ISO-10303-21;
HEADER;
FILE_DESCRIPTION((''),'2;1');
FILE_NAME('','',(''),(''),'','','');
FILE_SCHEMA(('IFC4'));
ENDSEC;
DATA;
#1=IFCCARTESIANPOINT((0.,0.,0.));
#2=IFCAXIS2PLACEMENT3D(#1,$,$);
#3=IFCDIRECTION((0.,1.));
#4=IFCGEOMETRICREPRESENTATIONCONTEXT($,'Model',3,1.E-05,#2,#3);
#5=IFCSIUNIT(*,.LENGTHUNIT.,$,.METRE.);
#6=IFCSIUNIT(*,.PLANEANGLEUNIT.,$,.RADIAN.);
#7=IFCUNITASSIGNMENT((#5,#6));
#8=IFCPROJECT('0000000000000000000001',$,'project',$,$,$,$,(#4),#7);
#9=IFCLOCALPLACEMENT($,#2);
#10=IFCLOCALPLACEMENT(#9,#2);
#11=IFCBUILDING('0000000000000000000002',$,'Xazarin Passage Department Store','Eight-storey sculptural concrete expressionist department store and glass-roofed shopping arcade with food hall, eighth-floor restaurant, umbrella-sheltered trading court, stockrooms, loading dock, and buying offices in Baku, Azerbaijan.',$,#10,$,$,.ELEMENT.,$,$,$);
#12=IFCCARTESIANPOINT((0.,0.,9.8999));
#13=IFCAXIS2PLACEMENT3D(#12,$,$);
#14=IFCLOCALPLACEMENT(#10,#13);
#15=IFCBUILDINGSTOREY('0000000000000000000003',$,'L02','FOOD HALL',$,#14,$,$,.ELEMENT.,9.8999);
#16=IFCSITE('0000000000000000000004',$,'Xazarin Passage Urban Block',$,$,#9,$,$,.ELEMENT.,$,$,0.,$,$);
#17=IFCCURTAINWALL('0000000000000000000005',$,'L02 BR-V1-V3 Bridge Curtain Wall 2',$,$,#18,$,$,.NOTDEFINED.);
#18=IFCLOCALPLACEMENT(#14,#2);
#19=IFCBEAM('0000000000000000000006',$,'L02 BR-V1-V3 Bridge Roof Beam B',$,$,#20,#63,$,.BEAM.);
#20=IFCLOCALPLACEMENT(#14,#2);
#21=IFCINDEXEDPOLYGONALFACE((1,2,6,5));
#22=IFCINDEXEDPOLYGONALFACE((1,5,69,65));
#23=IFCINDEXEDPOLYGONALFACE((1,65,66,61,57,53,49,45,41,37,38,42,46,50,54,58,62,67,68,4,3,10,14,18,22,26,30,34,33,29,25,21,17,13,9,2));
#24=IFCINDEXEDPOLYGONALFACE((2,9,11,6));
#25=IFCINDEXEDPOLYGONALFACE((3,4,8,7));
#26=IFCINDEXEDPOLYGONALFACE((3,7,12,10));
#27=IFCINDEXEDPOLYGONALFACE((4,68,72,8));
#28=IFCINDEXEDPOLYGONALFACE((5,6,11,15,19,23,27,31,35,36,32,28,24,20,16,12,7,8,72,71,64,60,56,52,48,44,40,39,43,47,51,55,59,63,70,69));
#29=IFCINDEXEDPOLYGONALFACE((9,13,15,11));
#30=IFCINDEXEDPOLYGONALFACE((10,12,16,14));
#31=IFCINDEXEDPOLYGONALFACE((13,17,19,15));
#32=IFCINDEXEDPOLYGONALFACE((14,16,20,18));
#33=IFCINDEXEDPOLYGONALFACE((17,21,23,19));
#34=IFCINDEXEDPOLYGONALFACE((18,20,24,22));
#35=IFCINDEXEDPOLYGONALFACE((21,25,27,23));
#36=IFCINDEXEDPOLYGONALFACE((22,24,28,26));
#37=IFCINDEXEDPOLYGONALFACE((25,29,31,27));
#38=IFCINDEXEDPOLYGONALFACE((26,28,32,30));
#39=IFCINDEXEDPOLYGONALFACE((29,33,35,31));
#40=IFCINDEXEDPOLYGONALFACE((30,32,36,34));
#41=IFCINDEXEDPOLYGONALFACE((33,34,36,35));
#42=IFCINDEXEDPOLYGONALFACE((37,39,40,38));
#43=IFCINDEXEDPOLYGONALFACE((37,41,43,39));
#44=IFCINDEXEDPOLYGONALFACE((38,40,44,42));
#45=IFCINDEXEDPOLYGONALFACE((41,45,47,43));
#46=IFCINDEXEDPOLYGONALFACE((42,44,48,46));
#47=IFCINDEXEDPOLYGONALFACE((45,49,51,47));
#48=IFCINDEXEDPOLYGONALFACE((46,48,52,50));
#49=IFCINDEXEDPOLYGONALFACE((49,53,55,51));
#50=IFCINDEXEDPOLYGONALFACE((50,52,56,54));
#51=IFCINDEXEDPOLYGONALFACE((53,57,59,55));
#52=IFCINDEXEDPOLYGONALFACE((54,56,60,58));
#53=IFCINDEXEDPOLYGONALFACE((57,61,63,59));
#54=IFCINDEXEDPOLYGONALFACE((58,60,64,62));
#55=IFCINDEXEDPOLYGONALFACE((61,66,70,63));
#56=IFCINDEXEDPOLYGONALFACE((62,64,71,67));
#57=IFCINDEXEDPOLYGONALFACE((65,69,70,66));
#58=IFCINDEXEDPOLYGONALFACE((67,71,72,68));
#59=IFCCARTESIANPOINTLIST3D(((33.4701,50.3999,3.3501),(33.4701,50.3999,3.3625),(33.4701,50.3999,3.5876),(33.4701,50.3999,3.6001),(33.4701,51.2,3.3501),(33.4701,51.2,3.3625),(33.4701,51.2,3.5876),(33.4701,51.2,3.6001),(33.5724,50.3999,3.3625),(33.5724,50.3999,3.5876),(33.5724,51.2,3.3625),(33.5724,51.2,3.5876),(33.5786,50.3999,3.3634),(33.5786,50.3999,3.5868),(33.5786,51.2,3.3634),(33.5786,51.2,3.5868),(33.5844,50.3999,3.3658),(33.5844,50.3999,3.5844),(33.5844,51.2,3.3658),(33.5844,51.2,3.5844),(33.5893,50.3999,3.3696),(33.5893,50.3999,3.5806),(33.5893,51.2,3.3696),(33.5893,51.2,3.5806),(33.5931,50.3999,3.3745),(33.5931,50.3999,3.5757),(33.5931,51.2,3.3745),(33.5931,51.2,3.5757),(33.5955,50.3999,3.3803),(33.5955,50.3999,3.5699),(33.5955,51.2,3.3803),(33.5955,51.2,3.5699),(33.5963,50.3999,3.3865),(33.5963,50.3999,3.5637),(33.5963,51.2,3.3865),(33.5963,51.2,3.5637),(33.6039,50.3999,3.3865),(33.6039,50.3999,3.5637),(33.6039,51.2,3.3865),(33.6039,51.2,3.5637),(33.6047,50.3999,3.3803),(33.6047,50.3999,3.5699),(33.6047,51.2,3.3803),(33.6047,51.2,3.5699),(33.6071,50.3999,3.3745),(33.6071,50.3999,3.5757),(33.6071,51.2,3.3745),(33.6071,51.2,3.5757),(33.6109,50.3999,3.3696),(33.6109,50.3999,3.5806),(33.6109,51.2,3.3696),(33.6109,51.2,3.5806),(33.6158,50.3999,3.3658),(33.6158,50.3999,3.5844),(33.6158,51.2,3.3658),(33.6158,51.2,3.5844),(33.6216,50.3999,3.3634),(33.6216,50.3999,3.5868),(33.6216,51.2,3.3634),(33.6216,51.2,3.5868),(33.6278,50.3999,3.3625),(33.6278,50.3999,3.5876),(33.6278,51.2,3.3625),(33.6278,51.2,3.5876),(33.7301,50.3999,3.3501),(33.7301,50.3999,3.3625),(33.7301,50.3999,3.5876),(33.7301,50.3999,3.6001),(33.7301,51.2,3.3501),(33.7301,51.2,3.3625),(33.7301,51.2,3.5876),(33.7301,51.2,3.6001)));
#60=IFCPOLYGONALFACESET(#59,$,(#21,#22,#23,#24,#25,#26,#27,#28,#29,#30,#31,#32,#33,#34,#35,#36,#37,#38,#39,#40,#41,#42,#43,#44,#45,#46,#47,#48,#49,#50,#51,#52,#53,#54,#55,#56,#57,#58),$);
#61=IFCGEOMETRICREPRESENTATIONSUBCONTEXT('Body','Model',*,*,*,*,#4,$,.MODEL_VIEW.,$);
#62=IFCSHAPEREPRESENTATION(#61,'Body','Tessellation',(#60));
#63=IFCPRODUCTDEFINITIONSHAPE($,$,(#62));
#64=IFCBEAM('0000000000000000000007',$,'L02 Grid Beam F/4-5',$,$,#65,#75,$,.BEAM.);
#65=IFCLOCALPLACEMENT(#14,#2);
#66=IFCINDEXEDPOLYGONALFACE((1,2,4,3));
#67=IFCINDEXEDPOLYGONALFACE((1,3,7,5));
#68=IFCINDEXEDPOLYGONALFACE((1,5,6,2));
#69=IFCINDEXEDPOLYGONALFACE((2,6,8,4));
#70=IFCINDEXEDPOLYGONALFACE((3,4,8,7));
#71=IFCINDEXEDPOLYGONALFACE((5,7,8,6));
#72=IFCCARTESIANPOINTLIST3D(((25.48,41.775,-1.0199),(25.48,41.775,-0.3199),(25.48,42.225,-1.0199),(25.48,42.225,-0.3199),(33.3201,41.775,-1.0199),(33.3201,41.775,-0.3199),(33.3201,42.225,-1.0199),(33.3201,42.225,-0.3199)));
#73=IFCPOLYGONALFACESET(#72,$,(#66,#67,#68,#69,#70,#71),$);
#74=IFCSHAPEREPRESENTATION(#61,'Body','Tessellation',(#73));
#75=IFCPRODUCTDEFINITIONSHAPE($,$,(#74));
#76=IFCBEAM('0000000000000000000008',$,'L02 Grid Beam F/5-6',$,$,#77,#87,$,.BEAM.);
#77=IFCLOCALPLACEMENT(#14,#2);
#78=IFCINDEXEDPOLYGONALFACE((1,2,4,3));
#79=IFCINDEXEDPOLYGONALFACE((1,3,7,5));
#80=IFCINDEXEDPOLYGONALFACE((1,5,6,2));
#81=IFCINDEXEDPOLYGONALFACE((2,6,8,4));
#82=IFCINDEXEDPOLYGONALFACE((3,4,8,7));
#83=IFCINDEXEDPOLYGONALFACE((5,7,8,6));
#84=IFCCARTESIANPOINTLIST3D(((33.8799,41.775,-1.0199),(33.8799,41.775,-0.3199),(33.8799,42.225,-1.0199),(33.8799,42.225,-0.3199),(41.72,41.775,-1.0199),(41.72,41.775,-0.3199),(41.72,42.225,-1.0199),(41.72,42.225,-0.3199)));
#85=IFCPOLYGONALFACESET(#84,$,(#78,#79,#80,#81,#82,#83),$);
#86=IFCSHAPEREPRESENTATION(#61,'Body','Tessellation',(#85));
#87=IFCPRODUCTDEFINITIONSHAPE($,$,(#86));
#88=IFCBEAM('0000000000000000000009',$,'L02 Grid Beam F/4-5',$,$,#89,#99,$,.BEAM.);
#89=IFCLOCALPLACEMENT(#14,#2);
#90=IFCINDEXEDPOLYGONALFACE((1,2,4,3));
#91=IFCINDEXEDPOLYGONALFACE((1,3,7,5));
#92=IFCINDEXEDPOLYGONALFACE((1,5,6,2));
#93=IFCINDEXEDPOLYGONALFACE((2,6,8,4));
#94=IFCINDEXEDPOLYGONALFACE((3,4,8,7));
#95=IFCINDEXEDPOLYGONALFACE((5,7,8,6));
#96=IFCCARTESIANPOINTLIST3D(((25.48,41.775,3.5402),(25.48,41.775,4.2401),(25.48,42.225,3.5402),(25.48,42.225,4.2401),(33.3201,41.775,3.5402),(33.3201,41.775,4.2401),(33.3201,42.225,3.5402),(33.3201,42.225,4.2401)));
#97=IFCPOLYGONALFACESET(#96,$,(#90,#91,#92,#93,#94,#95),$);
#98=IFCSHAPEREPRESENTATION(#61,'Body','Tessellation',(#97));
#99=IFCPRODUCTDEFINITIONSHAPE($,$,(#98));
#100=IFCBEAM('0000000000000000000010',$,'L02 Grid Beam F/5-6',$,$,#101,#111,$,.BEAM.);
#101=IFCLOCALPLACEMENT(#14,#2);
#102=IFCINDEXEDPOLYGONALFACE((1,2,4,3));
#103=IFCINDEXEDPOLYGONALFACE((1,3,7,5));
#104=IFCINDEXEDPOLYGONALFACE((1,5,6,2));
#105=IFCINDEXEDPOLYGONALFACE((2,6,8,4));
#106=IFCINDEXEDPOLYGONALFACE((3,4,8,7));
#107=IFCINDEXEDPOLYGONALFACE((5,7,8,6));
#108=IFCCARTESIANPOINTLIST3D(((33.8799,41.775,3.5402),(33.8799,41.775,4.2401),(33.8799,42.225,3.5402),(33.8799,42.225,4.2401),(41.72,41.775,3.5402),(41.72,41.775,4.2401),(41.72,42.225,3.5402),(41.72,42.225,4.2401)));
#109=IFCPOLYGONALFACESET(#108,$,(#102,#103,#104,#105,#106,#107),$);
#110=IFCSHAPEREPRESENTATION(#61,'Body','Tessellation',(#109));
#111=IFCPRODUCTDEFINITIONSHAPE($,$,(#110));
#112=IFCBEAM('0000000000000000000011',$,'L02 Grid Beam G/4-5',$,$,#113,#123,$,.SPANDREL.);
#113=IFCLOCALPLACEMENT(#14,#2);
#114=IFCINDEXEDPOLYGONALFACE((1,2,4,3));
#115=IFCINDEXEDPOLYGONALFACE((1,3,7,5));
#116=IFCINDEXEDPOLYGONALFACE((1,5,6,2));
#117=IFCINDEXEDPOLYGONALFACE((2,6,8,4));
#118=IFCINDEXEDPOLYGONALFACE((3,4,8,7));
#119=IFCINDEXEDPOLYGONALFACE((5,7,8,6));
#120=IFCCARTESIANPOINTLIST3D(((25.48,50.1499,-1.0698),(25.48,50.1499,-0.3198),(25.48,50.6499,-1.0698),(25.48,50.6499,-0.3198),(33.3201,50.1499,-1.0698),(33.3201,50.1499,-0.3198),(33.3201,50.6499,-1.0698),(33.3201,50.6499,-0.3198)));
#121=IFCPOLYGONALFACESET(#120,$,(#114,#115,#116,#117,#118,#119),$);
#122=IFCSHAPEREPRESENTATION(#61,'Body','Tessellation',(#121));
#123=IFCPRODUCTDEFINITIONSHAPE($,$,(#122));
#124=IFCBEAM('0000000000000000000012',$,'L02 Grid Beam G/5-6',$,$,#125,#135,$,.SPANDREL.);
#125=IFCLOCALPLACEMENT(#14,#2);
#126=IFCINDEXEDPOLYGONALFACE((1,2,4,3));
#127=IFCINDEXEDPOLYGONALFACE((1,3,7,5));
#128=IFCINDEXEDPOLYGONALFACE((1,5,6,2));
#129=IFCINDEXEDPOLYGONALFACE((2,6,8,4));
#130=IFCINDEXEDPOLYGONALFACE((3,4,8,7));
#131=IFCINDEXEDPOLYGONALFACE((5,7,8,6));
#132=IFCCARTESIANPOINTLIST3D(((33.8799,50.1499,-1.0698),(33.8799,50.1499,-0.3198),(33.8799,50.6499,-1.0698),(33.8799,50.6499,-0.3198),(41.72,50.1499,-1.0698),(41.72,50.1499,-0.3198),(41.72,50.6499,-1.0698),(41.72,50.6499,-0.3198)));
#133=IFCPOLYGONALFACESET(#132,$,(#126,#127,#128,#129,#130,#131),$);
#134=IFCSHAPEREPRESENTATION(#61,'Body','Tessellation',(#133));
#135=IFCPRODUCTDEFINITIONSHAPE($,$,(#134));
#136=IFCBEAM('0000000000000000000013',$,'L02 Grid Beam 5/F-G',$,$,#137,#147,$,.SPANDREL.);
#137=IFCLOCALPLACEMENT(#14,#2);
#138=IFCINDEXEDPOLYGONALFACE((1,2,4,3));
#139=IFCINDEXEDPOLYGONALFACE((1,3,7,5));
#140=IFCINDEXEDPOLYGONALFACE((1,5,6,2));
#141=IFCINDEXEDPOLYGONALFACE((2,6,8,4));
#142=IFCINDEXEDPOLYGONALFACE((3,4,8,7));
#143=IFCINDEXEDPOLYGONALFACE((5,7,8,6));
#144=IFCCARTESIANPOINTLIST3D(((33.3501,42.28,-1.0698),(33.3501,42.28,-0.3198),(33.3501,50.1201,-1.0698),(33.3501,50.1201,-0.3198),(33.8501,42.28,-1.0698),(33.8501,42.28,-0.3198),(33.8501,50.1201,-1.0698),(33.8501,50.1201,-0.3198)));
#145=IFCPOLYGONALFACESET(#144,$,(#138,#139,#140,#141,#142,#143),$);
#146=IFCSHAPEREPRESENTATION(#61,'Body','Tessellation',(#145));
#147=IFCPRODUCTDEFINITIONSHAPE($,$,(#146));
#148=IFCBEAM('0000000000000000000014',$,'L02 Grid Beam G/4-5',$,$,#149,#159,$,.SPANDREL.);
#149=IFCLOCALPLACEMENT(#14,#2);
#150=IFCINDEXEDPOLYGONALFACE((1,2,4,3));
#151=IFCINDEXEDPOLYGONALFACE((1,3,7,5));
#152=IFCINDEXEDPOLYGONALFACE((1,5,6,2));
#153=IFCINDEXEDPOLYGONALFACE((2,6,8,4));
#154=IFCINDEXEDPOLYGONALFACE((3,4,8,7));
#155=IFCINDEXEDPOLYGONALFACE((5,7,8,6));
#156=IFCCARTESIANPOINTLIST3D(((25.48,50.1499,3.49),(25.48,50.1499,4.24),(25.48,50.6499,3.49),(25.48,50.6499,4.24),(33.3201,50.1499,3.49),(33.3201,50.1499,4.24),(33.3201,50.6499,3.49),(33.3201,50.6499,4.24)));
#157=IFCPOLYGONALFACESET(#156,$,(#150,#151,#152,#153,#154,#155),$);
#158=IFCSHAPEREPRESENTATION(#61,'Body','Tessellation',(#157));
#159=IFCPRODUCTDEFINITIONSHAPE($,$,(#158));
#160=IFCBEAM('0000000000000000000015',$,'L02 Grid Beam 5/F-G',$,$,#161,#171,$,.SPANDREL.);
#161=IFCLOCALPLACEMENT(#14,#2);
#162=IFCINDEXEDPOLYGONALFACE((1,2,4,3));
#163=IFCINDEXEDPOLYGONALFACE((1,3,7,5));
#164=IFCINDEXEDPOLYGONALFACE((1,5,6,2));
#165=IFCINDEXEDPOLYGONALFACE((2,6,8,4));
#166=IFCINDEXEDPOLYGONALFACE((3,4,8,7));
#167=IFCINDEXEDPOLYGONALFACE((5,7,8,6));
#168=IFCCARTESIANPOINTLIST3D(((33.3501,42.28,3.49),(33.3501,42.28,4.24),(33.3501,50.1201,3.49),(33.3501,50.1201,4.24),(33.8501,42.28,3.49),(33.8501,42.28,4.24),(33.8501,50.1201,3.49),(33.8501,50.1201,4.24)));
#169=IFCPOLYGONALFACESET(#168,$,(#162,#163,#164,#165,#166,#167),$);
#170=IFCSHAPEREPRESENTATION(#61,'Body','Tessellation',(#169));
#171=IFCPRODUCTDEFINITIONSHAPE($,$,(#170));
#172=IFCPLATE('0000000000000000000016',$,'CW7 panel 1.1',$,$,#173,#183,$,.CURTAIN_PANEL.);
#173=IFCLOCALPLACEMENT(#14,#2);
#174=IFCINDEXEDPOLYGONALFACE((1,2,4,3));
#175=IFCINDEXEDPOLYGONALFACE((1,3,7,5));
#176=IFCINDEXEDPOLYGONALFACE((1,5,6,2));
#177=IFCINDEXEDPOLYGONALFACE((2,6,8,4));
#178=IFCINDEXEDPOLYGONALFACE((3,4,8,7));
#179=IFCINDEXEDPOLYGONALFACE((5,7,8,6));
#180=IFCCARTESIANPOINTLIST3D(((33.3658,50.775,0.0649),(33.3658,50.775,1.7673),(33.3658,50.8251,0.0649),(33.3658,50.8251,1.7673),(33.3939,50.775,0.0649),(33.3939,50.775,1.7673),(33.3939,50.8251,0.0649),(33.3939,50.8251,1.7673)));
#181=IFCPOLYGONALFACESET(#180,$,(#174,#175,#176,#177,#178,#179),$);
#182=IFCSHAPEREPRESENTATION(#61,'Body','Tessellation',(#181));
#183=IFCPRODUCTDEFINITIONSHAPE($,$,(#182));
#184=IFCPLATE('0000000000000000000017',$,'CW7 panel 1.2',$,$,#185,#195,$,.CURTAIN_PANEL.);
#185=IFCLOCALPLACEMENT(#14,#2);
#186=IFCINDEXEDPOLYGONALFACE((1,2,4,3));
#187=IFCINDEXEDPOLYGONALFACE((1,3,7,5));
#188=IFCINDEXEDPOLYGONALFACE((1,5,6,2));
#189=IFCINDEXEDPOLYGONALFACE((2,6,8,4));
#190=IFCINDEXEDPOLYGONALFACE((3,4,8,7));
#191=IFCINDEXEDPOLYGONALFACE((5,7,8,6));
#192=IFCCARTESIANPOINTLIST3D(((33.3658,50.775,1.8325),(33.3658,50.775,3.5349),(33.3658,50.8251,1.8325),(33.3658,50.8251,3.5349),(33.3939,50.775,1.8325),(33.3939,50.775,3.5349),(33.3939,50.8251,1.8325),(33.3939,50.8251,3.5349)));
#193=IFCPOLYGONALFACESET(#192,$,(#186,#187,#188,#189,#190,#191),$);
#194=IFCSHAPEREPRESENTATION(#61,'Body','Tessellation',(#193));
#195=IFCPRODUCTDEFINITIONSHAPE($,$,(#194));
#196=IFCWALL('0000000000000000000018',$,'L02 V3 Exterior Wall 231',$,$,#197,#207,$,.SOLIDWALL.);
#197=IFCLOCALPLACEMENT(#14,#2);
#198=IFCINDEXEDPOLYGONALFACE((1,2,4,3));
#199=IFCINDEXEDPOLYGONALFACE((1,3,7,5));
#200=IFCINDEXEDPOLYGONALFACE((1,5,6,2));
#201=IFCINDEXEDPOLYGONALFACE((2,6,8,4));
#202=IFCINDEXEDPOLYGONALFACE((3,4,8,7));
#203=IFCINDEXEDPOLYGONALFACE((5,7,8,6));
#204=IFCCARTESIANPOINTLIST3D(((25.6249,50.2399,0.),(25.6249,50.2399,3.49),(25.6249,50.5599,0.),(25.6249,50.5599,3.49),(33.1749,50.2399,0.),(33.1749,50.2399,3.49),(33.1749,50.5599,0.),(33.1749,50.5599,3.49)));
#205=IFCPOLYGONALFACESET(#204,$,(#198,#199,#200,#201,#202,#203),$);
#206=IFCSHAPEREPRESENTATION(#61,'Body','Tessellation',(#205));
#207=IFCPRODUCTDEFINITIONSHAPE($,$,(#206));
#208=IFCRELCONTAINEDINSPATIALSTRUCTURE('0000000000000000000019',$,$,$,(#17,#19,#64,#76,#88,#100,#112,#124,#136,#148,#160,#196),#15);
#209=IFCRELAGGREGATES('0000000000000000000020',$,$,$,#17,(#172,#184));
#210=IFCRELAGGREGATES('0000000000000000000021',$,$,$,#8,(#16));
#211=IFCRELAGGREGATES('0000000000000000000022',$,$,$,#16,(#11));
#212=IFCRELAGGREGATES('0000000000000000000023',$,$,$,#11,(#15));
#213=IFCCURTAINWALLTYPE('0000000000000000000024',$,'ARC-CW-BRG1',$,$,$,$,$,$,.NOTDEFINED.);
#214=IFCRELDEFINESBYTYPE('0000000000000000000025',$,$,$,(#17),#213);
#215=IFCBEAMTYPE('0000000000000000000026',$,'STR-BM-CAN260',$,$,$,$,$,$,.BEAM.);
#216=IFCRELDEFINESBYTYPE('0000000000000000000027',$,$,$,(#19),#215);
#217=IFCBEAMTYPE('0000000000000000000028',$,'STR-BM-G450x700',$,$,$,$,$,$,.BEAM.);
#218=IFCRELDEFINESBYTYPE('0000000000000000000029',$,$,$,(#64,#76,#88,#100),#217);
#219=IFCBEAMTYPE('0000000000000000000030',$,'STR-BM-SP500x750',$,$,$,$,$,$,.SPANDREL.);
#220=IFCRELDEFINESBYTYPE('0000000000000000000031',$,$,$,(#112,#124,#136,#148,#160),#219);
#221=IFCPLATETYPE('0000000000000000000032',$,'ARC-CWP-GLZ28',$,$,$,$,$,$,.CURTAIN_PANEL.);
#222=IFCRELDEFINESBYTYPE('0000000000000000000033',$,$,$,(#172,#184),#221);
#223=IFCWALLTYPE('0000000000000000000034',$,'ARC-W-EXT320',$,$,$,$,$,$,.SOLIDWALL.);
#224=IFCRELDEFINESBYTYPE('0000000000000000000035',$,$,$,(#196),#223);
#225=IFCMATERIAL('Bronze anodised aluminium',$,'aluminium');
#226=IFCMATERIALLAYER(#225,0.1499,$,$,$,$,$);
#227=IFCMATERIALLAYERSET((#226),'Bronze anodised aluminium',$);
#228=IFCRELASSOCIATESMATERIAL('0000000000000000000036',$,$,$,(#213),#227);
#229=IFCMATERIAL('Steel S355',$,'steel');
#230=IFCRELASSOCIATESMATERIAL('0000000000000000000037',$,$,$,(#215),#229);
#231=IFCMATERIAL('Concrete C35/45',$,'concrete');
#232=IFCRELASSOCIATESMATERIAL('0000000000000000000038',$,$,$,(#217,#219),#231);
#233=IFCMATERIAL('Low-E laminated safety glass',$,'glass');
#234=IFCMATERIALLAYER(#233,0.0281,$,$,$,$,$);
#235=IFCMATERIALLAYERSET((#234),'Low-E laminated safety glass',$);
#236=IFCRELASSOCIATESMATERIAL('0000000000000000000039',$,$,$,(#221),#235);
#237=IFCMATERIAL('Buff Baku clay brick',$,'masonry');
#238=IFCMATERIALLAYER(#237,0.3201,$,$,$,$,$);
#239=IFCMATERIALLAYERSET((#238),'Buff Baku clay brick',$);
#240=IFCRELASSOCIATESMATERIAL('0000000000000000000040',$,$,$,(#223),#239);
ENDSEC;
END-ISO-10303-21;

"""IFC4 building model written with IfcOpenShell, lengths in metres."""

from ifc_helpers import new_model, si_unit, direction, frame, frame_2d, origin, origin_2d, place, context, subcontext, project, spatial, rectangle, i_section, extrude, material, layer, layer_set, material_profile, profile_set, type_object, element, aggregate, save


model = new_model("IFC4")

# Units and contexts
model_context = context("Model", 3, precision=1e-05, world=origin(), true_north=direction((0.0, 1.0)))
body_context = subcontext(model_context, "Body", "Model", "MODEL_VIEW")
ifc_project = project(units=[si_unit("LENGTHUNIT", "METRE"), si_unit("PLANEANGLEUNIT", "RADIAN")], contexts=[model_context])

# Site, building, storey
site_placement = place(None, origin())
site = spatial("IfcSite", under=ifc_project, at=site_placement, Name="Xazarin Passage Urban Block", CompositionType="ELEMENT", RefElevation=0.0)
building_placement = place(site_placement, origin())
building = spatial("IfcBuilding", under=site, at=building_placement, Name="Xazarin Passage Department Store", Description="Eight-storey sculptural concrete expressionist department store and glass-roofed shopping arcade with food hall, eighth-floor restaurant, umbrella-sheltered trading court, stockrooms, loading dock, and buying offices in Baku, Azerbaijan.", CompositionType="ELEMENT")
storey_placement = place(building_placement, frame((0.0, 0.0, 9.8999)))
storey = spatial("IfcBuildingStorey", under=building, at=storey_placement, Name="L02", Description="FOOD HALL", CompositionType="ELEMENT", Elevation=9.8999)

# Curtain wall
ifc_material_1 = material(Name="Bronze anodised aluminium", Category="aluminium")
ifc_layer_1 = layer(ifc_material_1, 0.1499)
ifc_layer_set_1 = layer_set([ifc_layer_1], Name="Bronze anodised aluminium")
curtain_wall_type = type_object("IfcCurtainWallType", Name="ARC-CW-BRG1", PredefinedType="NOTDEFINED", material=ifc_layer_set_1)
curtain_wall_placement = place(storey_placement, origin())
curtain_wall = element("IfcCurtainWall", 1, at=curtain_wall_placement, inside=storey, type_object=curtain_wall_type, Name="L02 BR-V1-V3 Bridge Curtain Wall 2", PredefinedType="NOTDEFINED")

# Beams
ifc_material_2 = material(Name="Steel S355", Category="steel")
ifc_material_profile_1 = material_profile(ifc_material_2, i_section(OverallWidth=0.26, OverallDepth=0.25, WebThickness=0.0076, FlangeThickness=0.0125, FilletRadius=0.0239, at=origin_2d()), Name="HEA 260")
ifc_profile_set_1 = profile_set([ifc_material_profile_1], Name="Steel S355")
beam_type_1 = type_object("IfcBeamType", Name="STR-BM-CAN260", PredefinedType="BEAM", material=ifc_profile_set_1)
beam_1_placement = place(storey_placement, frame((33.6001, 50.3999, 3.4751), z_axis=(0.0, 1.0, 0.0), x_axis=(-1.0, 0.0, 0.0)))
element("IfcBeam", 2, at=beam_1_placement, inside=storey, type_object=beam_type_1, Name="L02 BR-V1-V3 Bridge Roof Beam B", PredefinedType="BEAM", context=body_context, shape_type="SweptSolid", body=[
    extrude(i_section(OverallWidth=0.26, OverallDepth=0.25, WebThickness=0.0076, FlangeThickness=0.0125, FilletRadius=0.0239, at=origin_2d()), origin(), (0.0, 0.0, 1.0), 0.8),
])
ifc_material_3 = material(Name="Concrete C35/45", Category="concrete")
ifc_material_profile_2 = material_profile(ifc_material_3, rectangle(XDim=0.45, YDim=0.7, at=origin_2d()), Name="RC 450x700")
ifc_profile_set_2 = profile_set([ifc_material_profile_2], Name="Concrete C35/45")
beam_type_2 = type_object("IfcBeamType", Name="STR-BM-G450x700", PredefinedType="BEAM", material=ifc_profile_set_2)
for number, where, z_axis, x_axis, name in (
    (3, (25.48, 42.0, -0.6699), (1.0, 0.0, 0.0), (0.0, 1.0, 0.0), "L02 Grid Beam F/4-5"),
    (4, (33.8799, 42.0, -0.6699), (1.0, 0.0, 0.0), (0.0, 1.0, 0.0), "L02 Grid Beam F/5-6"),
    (5, (25.48, 42.0, 3.8901), (1.0, 0.0, 0.0), (0.0, 1.0, 0.0), "L02 Grid Beam F/4-5"),
    (6, (33.8799, 42.0, 3.8901), (1.0, 0.0, 0.0), (0.0, 1.0, 0.0), "L02 Grid Beam F/5-6"),
):
    element("IfcBeam", number, at=place(storey_placement, frame(where, z_axis=z_axis, x_axis=x_axis)), inside=storey, type_object=beam_type_2, Name=name, PredefinedType="BEAM", context=body_context, shape_type="SweptSolid", body=[
        extrude(rectangle(XDim=0.45, YDim=0.7, at=origin_2d()), origin(), (0.0, 0.0, 1.0), 7.8401),
    ])
ifc_material_profile_3 = material_profile(ifc_material_3, rectangle(XDim=0.5, YDim=0.75, at=origin_2d()), Name="RC 500x750")
ifc_profile_set_3 = profile_set([ifc_material_profile_3], Name="Concrete C35/45")
beam_type_3 = type_object("IfcBeamType", Name="STR-BM-SP500x750", PredefinedType="SPANDREL", material=ifc_profile_set_3)
for number, where, z_axis, x_axis, name in (
    (7, (25.48, 50.3999, -0.6948), (1.0, 0.0, 0.0), (0.0, 1.0, 0.0), "L02 Grid Beam G/4-5"),
    (8, (33.8799, 50.3999, -0.6948), (1.0, 0.0, 0.0), (0.0, 1.0, 0.0), "L02 Grid Beam G/5-6"),
    (9, (33.6001, 42.28, -0.6948), (0.0, 1.0, 0.0), (-1.0, 0.0, 0.0), "L02 Grid Beam 5/F-G"),
    (10, (25.48, 50.3999, 3.865), (1.0, 0.0, 0.0), (0.0, 1.0, 0.0), "L02 Grid Beam G/4-5"),
    (11, (33.6001, 42.28, 3.865), (0.0, 1.0, 0.0), (-1.0, 0.0, 0.0), "L02 Grid Beam 5/F-G"),
):
    element("IfcBeam", number, at=place(storey_placement, frame(where, z_axis=z_axis, x_axis=x_axis)), inside=storey, type_object=beam_type_3, Name=name, PredefinedType="SPANDREL", context=body_context, shape_type="SweptSolid", body=[
        extrude(rectangle(XDim=0.5, YDim=0.75, at=origin_2d()), origin(), (0.0, 0.0, 1.0), 7.8401),
    ])

# Plates
ifc_material_4 = material(Name="Low-E laminated safety glass", Category="glass")
ifc_layer_2 = layer(ifc_material_4, 0.0281)
ifc_layer_set_2 = layer_set([ifc_layer_2], Name="Low-E laminated safety glass")
plate_type = type_object("IfcPlateType", Name="ARC-CWP-GLZ28", PredefinedType="CURTAIN_PANEL", material=ifc_layer_set_2)
plate_1_placement = place(storey_placement, frame((33.3799, 50.8, 0.0649), z_axis=(0.0, 0.0, 1.0), x_axis=(0.0, 1.0, 0.0)))
plate_1 = element("IfcPlate", 12, at=plate_1_placement, type_object=plate_type, Name="CW7 panel 1.1", PredefinedType="CURTAIN_PANEL", context=body_context, shape_type="SweptSolid", body=[
    extrude(rectangle(XDim=0.05, YDim=0.0281, at=origin_2d()), origin(), (0.0, 0.0, 1.0), 1.7024),
])
plate_2_placement = place(storey_placement, frame((33.3799, 50.8, 1.8325), z_axis=(0.0, 0.0, 1.0), x_axis=(0.0, 1.0, 0.0)))
plate_2 = element("IfcPlate", 13, at=plate_2_placement, type_object=plate_type, Name="CW7 panel 1.2", PredefinedType="CURTAIN_PANEL", context=body_context, shape_type="SweptSolid", body=[
    extrude(rectangle(XDim=0.05, YDim=0.0281, at=origin_2d()), origin(), (0.0, 0.0, 1.0), 1.7024),
])
aggregate(curtain_wall, [plate_1, plate_2])

# Wall
ifc_material_5 = material(Name="Buff Baku clay brick", Category="masonry")
ifc_layer_3 = layer(ifc_material_5, 0.3201)
ifc_layer_set_3 = layer_set([ifc_layer_3], Name="Buff Baku clay brick")
wall_type_1 = type_object("IfcWallType", Name="ARC-W-EXT320", PredefinedType="SOLIDWALL", material=ifc_layer_set_3)
wall_1_placement = place(storey_placement, frame((25.625, 50.3999, 0.0), z_axis=(0.0, 0.0, 1.0), x_axis=(1.0, 0.0, 0.0)))
element("IfcWall", 14, at=wall_1_placement, inside=storey, type_object=wall_type_1, Name="L02 V3 Exterior Wall 231", PredefinedType="SOLIDWALL", context=body_context, shape_type="SweptSolid", body=[
    extrude(rectangle(XDim=7.55, YDim=0.3201, at=frame_2d((3.7749, 0.0))), origin(), (0.0, 0.0, 1.0), 3.49),
])

save(model, "model.ifc")
